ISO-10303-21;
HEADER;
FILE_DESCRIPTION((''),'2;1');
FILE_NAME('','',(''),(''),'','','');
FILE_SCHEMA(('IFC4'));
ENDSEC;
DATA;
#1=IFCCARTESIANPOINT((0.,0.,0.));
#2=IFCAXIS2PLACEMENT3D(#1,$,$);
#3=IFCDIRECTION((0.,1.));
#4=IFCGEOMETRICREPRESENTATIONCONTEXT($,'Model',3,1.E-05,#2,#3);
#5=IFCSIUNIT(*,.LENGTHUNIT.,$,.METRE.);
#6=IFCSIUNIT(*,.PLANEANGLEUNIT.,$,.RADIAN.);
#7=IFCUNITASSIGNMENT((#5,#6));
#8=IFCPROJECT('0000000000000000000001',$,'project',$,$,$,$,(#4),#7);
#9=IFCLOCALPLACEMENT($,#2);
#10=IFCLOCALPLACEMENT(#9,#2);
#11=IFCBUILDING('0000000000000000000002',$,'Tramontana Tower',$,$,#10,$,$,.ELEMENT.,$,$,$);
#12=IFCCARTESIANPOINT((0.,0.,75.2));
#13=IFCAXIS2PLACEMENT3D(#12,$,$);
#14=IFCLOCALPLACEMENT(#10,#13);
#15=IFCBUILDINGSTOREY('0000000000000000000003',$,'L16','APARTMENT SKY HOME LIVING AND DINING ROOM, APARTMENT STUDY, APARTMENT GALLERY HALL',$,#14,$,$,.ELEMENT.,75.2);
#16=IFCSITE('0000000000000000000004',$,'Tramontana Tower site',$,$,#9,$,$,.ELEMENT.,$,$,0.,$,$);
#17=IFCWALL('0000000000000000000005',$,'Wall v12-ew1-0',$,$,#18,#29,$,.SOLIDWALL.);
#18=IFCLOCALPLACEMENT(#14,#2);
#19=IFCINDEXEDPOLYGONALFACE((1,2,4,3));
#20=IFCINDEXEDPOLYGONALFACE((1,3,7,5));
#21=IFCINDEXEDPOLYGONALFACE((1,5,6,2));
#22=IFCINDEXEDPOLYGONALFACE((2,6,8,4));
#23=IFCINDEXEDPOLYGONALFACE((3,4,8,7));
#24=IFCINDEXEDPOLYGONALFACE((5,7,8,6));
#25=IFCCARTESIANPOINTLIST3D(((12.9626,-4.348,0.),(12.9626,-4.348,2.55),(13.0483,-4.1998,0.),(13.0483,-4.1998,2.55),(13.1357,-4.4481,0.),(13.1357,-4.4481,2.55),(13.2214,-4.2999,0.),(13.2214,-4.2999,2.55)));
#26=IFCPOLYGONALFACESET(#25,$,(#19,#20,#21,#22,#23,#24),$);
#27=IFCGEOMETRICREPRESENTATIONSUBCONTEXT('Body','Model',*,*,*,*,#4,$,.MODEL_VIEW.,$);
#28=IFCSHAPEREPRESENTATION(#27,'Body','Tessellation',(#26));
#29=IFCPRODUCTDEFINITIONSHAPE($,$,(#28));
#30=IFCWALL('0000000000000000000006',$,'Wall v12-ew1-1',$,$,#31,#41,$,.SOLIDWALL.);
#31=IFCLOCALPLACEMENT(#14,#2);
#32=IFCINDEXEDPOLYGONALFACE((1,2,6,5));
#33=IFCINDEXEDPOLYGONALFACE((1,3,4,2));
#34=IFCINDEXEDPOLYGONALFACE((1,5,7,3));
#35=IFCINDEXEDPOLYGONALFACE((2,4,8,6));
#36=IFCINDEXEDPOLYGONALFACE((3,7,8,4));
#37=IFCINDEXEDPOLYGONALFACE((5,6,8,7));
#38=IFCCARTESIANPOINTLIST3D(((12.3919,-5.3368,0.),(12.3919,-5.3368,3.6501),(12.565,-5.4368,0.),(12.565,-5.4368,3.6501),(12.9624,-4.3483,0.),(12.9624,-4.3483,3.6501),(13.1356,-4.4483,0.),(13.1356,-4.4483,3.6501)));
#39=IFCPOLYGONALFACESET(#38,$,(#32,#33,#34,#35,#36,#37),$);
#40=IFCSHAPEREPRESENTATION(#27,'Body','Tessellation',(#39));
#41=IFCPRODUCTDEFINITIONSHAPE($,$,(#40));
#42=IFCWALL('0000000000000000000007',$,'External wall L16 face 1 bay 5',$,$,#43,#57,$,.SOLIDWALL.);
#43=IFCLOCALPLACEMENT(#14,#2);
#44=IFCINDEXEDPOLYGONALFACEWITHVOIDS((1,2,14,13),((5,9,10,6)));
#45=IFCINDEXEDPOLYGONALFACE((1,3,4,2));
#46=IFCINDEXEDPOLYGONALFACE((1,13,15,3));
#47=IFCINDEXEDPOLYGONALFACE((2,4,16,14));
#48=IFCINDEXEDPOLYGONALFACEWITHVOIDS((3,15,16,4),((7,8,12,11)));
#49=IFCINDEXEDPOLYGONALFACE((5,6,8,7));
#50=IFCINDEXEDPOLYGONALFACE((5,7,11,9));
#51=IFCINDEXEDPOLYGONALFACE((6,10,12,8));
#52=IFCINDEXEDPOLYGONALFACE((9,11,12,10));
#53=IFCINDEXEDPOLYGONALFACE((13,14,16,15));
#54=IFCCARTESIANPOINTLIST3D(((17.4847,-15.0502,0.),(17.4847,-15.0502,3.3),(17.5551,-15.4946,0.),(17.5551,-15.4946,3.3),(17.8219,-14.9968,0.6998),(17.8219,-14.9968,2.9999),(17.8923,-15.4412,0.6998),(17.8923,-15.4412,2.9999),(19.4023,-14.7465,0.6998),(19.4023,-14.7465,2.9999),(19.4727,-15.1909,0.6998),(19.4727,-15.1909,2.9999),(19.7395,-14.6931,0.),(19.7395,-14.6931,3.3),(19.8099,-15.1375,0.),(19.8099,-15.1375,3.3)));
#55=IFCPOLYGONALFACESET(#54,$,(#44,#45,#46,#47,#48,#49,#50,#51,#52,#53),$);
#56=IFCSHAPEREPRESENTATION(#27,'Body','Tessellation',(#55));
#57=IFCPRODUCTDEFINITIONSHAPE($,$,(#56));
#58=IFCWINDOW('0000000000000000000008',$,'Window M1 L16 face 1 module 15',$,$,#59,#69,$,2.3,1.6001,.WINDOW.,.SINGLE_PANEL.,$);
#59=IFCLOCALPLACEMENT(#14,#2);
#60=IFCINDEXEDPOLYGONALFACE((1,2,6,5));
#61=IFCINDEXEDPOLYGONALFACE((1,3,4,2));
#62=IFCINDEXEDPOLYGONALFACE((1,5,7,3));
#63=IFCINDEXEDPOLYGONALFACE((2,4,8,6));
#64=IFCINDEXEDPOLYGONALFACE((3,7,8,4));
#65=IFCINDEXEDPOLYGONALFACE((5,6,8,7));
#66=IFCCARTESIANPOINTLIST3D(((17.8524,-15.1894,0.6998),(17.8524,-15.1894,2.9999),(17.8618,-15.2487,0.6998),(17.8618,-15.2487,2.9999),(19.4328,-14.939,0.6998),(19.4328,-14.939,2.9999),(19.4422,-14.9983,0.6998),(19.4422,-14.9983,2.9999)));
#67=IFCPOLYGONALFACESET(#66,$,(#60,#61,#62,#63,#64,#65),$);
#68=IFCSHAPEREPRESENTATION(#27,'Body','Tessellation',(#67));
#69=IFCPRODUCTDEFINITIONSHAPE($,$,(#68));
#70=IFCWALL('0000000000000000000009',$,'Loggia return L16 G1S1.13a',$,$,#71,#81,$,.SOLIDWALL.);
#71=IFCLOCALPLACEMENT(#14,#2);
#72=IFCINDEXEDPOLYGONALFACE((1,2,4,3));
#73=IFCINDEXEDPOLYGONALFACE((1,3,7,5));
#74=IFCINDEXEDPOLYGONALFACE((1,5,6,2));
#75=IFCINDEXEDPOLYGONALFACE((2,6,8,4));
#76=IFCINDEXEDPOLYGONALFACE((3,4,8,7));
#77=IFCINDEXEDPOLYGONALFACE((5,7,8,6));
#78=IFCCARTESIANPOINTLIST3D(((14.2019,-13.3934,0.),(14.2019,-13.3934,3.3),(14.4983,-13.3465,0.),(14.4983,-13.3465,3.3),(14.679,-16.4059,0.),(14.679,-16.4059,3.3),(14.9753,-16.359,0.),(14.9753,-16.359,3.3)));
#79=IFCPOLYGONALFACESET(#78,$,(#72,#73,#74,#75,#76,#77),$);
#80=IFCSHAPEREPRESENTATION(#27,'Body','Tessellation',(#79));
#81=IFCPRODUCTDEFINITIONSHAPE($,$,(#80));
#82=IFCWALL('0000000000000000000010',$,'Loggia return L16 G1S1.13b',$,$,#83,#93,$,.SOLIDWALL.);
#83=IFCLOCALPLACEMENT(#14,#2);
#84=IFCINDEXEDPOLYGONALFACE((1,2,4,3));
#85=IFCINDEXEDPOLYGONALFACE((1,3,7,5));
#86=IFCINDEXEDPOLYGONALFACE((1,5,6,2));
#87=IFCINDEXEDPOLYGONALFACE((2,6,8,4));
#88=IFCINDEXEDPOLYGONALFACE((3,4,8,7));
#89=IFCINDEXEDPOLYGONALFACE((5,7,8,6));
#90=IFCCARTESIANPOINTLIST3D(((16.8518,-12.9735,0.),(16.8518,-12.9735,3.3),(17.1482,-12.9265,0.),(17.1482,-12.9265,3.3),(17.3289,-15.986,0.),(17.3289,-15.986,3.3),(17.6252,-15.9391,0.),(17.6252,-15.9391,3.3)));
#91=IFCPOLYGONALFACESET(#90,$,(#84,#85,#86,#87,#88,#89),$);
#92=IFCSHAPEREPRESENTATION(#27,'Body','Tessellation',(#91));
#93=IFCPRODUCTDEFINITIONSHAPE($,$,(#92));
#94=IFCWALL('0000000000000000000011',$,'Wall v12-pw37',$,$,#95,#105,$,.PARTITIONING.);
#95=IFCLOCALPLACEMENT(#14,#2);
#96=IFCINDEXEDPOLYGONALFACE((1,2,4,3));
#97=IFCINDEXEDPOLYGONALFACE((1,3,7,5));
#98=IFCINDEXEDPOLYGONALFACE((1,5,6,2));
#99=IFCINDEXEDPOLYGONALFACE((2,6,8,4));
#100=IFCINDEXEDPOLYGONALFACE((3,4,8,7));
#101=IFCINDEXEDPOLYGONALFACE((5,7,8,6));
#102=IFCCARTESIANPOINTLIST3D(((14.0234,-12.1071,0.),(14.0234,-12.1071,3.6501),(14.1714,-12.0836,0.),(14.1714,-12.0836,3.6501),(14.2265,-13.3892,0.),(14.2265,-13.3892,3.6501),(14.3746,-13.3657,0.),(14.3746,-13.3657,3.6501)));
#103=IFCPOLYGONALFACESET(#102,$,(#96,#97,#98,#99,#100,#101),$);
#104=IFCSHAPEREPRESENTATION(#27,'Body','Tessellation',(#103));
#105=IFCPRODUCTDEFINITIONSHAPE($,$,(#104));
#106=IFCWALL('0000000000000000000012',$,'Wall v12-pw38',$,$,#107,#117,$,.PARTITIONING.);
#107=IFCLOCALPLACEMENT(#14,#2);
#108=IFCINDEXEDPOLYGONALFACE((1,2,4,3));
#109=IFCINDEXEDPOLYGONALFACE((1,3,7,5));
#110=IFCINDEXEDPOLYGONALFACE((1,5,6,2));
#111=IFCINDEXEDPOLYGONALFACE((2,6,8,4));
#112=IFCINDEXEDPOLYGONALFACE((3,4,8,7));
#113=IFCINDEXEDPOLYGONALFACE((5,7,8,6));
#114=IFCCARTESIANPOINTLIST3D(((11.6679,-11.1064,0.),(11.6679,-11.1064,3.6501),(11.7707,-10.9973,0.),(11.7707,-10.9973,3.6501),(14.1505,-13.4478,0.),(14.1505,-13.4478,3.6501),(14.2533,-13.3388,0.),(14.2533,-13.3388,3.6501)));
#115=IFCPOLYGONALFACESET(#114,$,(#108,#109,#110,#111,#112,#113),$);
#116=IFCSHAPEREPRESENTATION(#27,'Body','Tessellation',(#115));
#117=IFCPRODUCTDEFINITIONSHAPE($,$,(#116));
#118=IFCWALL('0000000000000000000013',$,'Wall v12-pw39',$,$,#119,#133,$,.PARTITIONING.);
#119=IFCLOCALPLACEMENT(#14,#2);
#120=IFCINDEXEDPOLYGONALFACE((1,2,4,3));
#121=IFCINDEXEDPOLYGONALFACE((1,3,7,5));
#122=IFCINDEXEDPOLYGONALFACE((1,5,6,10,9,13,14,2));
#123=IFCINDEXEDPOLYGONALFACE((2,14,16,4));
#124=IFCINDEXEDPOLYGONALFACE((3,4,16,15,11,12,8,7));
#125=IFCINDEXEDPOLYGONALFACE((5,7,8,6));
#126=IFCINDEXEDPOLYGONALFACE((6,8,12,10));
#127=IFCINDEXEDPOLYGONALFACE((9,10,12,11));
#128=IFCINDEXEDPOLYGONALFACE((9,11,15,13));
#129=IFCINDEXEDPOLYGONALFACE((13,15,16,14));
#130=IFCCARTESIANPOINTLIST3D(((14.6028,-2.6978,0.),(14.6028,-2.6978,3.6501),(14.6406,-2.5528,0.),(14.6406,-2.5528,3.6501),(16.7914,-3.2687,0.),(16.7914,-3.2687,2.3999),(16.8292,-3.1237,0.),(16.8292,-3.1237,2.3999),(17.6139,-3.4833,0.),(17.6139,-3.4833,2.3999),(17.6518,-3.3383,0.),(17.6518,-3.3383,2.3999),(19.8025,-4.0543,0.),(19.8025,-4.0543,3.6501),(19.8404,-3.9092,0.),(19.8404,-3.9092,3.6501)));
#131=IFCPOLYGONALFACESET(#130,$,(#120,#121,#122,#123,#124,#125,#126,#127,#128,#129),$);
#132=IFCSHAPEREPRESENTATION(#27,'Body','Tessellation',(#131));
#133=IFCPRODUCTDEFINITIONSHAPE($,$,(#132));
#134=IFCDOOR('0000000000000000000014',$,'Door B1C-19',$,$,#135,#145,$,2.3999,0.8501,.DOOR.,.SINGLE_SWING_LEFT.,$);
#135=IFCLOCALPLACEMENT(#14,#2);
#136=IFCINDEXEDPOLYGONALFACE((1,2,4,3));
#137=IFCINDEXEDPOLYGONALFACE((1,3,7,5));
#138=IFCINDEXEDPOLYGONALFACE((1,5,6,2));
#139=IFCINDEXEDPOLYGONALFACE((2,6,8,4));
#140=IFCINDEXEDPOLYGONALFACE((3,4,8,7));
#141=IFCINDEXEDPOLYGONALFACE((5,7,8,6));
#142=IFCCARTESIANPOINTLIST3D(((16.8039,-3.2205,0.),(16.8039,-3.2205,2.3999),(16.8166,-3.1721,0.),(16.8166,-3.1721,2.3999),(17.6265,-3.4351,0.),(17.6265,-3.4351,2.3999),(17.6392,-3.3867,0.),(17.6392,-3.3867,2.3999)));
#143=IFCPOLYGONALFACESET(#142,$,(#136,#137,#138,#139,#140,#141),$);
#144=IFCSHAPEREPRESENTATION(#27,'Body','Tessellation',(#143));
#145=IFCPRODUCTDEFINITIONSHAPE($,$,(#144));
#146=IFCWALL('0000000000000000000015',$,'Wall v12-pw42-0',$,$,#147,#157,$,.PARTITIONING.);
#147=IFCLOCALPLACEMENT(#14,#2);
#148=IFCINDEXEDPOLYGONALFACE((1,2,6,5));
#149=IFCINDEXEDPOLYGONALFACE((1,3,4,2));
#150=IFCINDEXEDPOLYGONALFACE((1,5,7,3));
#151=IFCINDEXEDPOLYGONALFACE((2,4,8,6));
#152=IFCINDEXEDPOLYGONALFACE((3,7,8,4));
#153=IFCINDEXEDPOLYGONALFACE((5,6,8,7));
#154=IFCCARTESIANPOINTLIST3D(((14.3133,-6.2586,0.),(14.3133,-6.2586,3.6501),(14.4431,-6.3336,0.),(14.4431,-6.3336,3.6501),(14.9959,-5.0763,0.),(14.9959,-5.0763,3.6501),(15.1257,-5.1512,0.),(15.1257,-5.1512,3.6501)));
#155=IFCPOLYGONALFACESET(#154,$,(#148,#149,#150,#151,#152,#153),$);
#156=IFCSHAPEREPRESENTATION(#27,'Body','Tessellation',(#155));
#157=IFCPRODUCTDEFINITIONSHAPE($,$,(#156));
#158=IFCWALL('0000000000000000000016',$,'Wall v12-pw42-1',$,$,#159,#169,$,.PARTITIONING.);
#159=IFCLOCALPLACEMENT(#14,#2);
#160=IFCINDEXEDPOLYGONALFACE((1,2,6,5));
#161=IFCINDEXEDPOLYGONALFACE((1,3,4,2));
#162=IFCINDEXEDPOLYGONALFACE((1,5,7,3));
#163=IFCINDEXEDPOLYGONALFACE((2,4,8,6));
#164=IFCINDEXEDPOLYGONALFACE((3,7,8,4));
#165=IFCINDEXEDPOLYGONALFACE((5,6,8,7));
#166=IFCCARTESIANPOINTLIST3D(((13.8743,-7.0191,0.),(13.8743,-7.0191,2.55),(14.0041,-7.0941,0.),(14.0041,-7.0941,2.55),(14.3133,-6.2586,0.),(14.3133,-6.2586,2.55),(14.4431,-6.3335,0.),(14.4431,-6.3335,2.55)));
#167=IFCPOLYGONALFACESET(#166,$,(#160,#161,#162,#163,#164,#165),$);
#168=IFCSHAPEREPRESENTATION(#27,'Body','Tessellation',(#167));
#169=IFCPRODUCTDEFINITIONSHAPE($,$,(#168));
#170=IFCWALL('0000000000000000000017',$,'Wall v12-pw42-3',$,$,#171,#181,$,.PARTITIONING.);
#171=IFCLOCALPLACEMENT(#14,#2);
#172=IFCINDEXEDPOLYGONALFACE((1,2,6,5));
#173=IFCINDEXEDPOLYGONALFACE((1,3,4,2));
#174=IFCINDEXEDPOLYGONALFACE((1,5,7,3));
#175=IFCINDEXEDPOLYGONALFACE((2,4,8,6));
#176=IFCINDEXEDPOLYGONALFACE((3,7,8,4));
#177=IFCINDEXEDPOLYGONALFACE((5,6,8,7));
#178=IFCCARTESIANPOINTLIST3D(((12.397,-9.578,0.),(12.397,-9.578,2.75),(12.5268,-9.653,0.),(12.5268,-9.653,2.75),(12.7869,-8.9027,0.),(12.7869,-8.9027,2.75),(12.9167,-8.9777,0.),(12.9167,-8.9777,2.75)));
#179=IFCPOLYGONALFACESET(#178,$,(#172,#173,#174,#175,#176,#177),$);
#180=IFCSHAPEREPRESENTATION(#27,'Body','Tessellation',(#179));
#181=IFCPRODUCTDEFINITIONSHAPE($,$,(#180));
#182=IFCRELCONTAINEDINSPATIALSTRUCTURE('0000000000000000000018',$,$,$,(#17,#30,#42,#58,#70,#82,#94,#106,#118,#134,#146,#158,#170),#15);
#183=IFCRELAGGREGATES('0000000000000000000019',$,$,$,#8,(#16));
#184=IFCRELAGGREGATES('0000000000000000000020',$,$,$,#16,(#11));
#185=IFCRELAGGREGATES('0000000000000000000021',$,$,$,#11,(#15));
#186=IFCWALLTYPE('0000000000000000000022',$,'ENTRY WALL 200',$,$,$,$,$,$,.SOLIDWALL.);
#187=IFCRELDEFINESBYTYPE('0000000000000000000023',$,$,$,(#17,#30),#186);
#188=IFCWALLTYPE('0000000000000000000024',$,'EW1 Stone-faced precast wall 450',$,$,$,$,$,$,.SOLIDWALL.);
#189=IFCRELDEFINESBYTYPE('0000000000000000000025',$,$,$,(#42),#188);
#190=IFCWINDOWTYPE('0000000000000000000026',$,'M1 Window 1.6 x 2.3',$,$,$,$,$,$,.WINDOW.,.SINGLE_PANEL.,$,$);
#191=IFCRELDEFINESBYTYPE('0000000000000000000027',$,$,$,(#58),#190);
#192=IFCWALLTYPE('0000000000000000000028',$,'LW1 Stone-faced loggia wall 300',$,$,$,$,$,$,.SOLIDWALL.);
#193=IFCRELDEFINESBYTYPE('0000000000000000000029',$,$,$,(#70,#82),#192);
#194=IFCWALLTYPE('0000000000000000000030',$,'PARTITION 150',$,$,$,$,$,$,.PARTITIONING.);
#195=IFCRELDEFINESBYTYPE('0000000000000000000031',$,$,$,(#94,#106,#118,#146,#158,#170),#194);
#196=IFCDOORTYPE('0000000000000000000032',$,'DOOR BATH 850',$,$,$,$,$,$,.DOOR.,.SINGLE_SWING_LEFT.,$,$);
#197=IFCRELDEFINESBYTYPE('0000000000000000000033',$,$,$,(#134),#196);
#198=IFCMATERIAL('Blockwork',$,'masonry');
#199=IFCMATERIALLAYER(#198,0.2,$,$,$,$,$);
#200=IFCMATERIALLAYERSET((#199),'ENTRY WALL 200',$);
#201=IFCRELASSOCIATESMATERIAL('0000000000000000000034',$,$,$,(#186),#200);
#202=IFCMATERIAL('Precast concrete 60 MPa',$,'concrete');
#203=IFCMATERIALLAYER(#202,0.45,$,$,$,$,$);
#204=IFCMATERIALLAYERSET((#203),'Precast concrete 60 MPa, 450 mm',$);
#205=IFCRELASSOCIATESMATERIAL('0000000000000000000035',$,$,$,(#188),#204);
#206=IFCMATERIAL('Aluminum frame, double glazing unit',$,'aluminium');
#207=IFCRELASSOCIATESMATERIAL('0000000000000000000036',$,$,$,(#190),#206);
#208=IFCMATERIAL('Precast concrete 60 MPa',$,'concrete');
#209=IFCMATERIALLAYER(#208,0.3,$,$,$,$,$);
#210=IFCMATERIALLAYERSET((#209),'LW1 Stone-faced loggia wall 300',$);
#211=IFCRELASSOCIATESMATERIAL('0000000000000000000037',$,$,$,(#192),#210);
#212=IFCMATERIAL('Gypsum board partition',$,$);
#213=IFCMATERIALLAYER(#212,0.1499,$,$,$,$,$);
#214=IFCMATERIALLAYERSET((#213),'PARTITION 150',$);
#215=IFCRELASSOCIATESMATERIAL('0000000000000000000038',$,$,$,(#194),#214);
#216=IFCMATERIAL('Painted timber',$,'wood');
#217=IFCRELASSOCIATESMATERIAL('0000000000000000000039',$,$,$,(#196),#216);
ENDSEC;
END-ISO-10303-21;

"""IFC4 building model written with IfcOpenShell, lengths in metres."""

from ifc_helpers import new_model, si_unit, direction, frame, frame_2d, origin, place, context, subcontext, project, spatial, rectangle, extrude, material, layer, layer_set, type_object, element, fill, save


model = new_model("IFC4")

# Units and contexts
model_context = context("Model", 3, precision=1e-05, world=origin(), true_north=direction((0.0, 1.0)))
body_context = subcontext(model_context, "Body", "Model", "MODEL_VIEW")
ifc_project = project(units=[si_unit("LENGTHUNIT", "METRE"), si_unit("PLANEANGLEUNIT", "RADIAN")], contexts=[model_context])

# Site, building, storey
site_placement = place(None, origin())
site = spatial("IfcSite", under=ifc_project, at=site_placement, Name="Tramontana Tower site", CompositionType="ELEMENT", RefElevation=0.0)
building_placement = place(site_placement, origin())
building = spatial("IfcBuilding", under=site, at=building_placement, Name="Tramontana Tower", CompositionType="ELEMENT")
storey_placement = place(building_placement, frame((0.0, 0.0, 75.2)))
storey = spatial("IfcBuildingStorey", under=building, at=storey_placement, Name="L16", Description="APARTMENT SKY HOME LIVING AND DINING ROOM, APARTMENT STUDY, APARTMENT GALLERY HALL", CompositionType="ELEMENT", Elevation=75.2)

# Walls
ifc_material_1 = material(Name="Blockwork", Category="masonry")
ifc_layer_1 = layer(ifc_material_1, 0.2)
ifc_layer_set_1 = layer_set([ifc_layer_1], Name="ENTRY WALL 200")
wall_type_1 = type_object("IfcWallType", Name="ENTRY WALL 200", PredefinedType="SOLIDWALL", material=ifc_layer_set_1)
wall_1_placement = place(storey_placement, frame((13.1348, -4.25, 0.0), z_axis=(0.0, 0.0, 1.0), x_axis=(-0.500586, -0.865687, 0.0)))
element("IfcWall", 1, at=wall_1_placement, inside=storey, type_object=wall_type_1, Name="Wall v12-ew1-0", PredefinedType="SOLIDWALL", context=body_context, shape_type="SweptSolid", body=[
    extrude(rectangle(XDim=0.1711, YDim=0.2, at=frame_2d((0.0854, 0.0))), origin(), (0.0, 0.0, 1.0), 2.55),
])
wall_2_placement = place(storey_placement, frame((13.0491, -4.3982, 0.0), z_axis=(0.0, 0.0, 1.0), x_axis=(-0.499889, -0.866089, 0.0)))
element("IfcWall", 2, at=wall_2_placement, inside=storey, type_object=wall_type_1, Name="Wall v12-ew1-1", PredefinedType="SOLIDWALL", context=body_context, shape_type="SweptSolid", body=[
    extrude(rectangle(XDim=1.1414, YDim=0.2, at=frame_2d((0.5708, 0.0))), origin(), (0.0, 0.0, 1.0), 3.6501),
])

# Wall, opening, window
ifc_material_2 = material(Name="Precast concrete 60 MPa", Category="concrete")
ifc_layer_2 = layer(ifc_material_2, 0.45)
ifc_layer_set_2 = layer_set([ifc_layer_2], Name="Precast concrete 60 MPa, 450 mm")
wall_type_2 = type_object("IfcWallType", Name="EW1 Stone-faced precast wall 450", PredefinedType="SOLIDWALL", material=ifc_layer_set_2)
wall_3_placement = place(storey_placement, frame((17.5198, -15.2725, 0.0), z_axis=(0.0, 0.0, 1.0), x_axis=(0.987686, 0.156451, 0.0)))
wall_3 = element("IfcWall", 3, at=wall_3_placement, inside=storey, type_object=wall_type_2, Name="External wall L16 face 1 bay 5", PredefinedType="SOLIDWALL", context=body_context, shape_type="SweptSolid", body=[
    extrude(rectangle(XDim=2.283, YDim=0.45, at=frame_2d((1.1416, 0.0))), origin(), (0.0, 0.0, 1.0), 3.3),
])
opening_1_placement = place(wall_3_placement, frame((0.3416, 0.0, 0.7)))
opening_1 = element("IfcOpeningElement", 4, at=opening_1_placement, cuts=wall_3, PredefinedType="OPENING", context=body_context, shape_type="SweptSolid", body=[
    extrude(rectangle(XDim=1.6001, YDim=2.3, at=frame_2d((0.8, 1.1499))), frame((0.0, 0.2349, 0.0), z_axis=(0.0, -1.0, 0.0), x_axis=(1.0, 0.0, 0.0)), (0.0, 0.0, 1.0), 0.47),
])
ifc_material_3 = material(Name="Aluminum frame, double glazing unit", Category="aluminium")
window_type = type_object("IfcWindowType", Name="M1 Window 1.6 x 2.3", PartitioningType="SINGLE_PANEL", PredefinedType="WINDOW", material=ifc_material_3)
window_placement = place(opening_1_placement, origin())
window = element("IfcWindow", 5, at=window_placement, inside=storey, type_object=window_type, Name="Window M1 L16 face 1 module 15", OverallHeight=2.3, OverallWidth=1.6001, PartitioningType="SINGLE_PANEL", PredefinedType="WINDOW", context=body_context, shape_type="SweptSolid", body=[
    extrude(rectangle(XDim=1.6001, YDim=2.3, at=frame_2d((0.8, 1.1499))), frame((0.0, 0.03, 0.0), z_axis=(0.0, -1.0, 0.0), x_axis=(1.0, 0.0, 0.0)), (0.0, 0.0, 1.0), 0.0601),
])
fill(opening_1, window)

# Shared definitions
ifc_material_4 = material(Name="Precast concrete 60 MPa", Category="concrete")
ifc_layer_3 = layer(ifc_material_4, 0.3)
ifc_layer_set_3 = layer_set([ifc_layer_3], Name="LW1 Stone-faced loggia wall 300")
wall_type_3 = type_object("IfcWallType", Name="LW1 Stone-faced loggia wall 300", PredefinedType="SOLIDWALL", material=ifc_layer_set_3)

# Walls
for number, where, z_axis, x_axis, name in (
    (6, (14.8271, -16.3823, 0.0), (0.0, 0.0, 1.0), (-0.156411, 0.987692, 0.0), "Loggia return L16 G1S1.13a"),
    (7, (17.4771, -15.9624, 0.0), (0.0, 0.0, 1.0), (-0.156411, 0.987692, 0.0), "Loggia return L16 G1S1.13b"),
):
    element("IfcWall", number, at=place(storey_placement, frame(where, z_axis=z_axis, x_axis=x_axis)), inside=storey, type_object=wall_type_3, Name=name, PredefinedType="SOLIDWALL", context=body_context, shape_type="SweptSolid", body=[
        extrude(rectangle(XDim=3.05, YDim=0.3, at=frame_2d((1.5249, 0.0))), origin(), (0.0, 0.0, 1.0), 3.3),
    ])
ifc_material_5 = material(Name="Gypsum board partition")
ifc_layer_4 = layer(ifc_material_5, 0.1499)
ifc_layer_set_4 = layer_set([ifc_layer_4], Name="PARTITION 150")
wall_type_4 = type_object("IfcWallType", Name="PARTITION 150", PredefinedType="PARTITIONING", material=ifc_layer_set_4)
wall_4_placement = place(storey_placement, frame((14.0974, -12.0955, 0.0), z_axis=(0.0, 0.0, 1.0), x_axis=(0.156494, -0.987679, 0.0)))
element("IfcWall", 8, at=wall_4_placement, inside=storey, type_object=wall_type_4, Name="Wall v12-pw37", PredefinedType="PARTITIONING", context=body_context, shape_type="SweptSolid", body=[
    extrude(rectangle(XDim=1.2981, YDim=0.1499, at=frame_2d((0.6489, 0.0))), origin(), (0.0, 0.0, 1.0), 3.6501),
])
wall_5_placement = place(storey_placement, frame((14.2019, -13.3933, 0.0), z_axis=(0.0, 0.0, 1.0), x_axis=(-0.727479, 0.68613, 0.0)))
element("IfcWall", 9, at=wall_5_placement, inside=storey, type_object=wall_type_4, Name="Wall v12-pw38", PredefinedType="PARTITIONING", context=body_context, shape_type="SweptSolid", body=[
    extrude(rectangle(XDim=3.4126, YDim=0.1499, at=frame_2d((1.7063, 0.0))), origin(), (0.0, 0.0, 1.0), 3.6501),
])

# Wall, opening, door
wall_6_placement = place(storey_placement, frame((14.6216, -2.6252, 0.0), z_axis=(0.0, 0.0, 1.0), x_axis=(0.967617, -0.252422, 0.0)))
wall_6 = element("IfcWall", 10, at=wall_6_placement, inside=storey, type_object=wall_type_4, Name="Wall v12-pw39", PredefinedType="PARTITIONING", context=body_context, shape_type="SweptSolid", body=[
    extrude(rectangle(XDim=5.3738, YDim=0.1499, at=frame_2d((2.687, 0.0))), origin(), (0.0, 0.0, 1.0), 3.6501),
])
opening_2_placement = place(wall_6_placement, frame((2.262, 0.0, 0.0)))
opening_2 = element("IfcOpeningElement", 11, at=opening_2_placement, cuts=wall_6, PredefinedType="OPENING", context=body_context, shape_type="SweptSolid", body=[
    extrude(rectangle(XDim=0.8501, YDim=2.3999, at=frame_2d((0.425, 1.2))), frame((0.0, 0.085, 0.0), z_axis=(0.0, -1.0, 0.0), x_axis=(1.0, 0.0, 0.0)), (0.0, 0.0, 1.0), 0.1699),
])
ifc_material_6 = material(Name="Painted timber", Category="wood")
door_type_1 = type_object("IfcDoorType", Name="DOOR BATH 850", OperationType="SINGLE_SWING_LEFT", PredefinedType="DOOR", material=ifc_material_6)
door_1_placement = place(opening_2_placement, origin())
door_1 = element("IfcDoor", 12, at=door_1_placement, inside=storey, type_object=door_type_1, Name="Door B1C-19", OperationType="SINGLE_SWING_LEFT", OverallHeight=2.3999, OverallWidth=0.8501, PredefinedType="DOOR", context=body_context, shape_type="SweptSolid", body=[
    extrude(rectangle(XDim=0.8501, YDim=2.3999, at=frame_2d((0.425, 1.2))), frame((0.0, 0.0249, 0.0), z_axis=(0.0, -1.0, 0.0), x_axis=(1.0, 0.0, 0.0)), (0.0, 0.0, 1.0), 0.05),
])
fill(opening_2, door_1)

# Walls
wall_7_placement = place(storey_placement, frame((15.0608, -5.1138, 0.0), z_axis=(0.0, 0.0, 1.0), x_axis=(-0.499986, -0.866034, 0.0)))
element("IfcWall", 13, at=wall_7_placement, inside=storey, type_object=wall_type_4, Name="Wall v12-pw42-0", PredefinedType="PARTITIONING", context=body_context, shape_type="SweptSolid", body=[
    extrude(rectangle(XDim=1.3652, YDim=0.1499, at=frame_2d((0.6826, 0.0))), origin(), (0.0, 0.0, 1.0), 3.6501),
])
wall_8_placement = place(storey_placement, frame((14.3782, -6.2961, 0.0), z_axis=(0.0, 0.0, 1.0), x_axis=(-0.499907, -0.866079, 0.0)))
element("IfcWall", 14, at=wall_8_placement, inside=storey, type_object=wall_type_4, Name="Wall v12-pw42-1", PredefinedType="PARTITIONING", context=body_context, shape_type="SweptSolid", body=[
    extrude(rectangle(XDim=0.8782, YDim=0.1499, at=frame_2d((0.439, 0.0))), origin(), (0.0, 0.0, 1.0), 2.55),
])

# Wall
wall_9_placement = place(storey_placement, frame((12.8518, -8.9402, 0.0), z_axis=(0.0, 0.0, 1.0), x_axis=(-0.500012, -0.866019, 0.0)))
element("IfcWall", 15, at=wall_9_placement, inside=storey, type_object=wall_type_4, Name="Wall v12-pw42-3", PredefinedType="PARTITIONING", context=body_context, shape_type="SweptSolid", body=[
    extrude(rectangle(XDim=0.7798, YDim=0.1499, at=frame_2d((0.3899, 0.0))), origin(), (0.0, 0.0, 1.0), 2.75),
])

save(model, "model.ifc")
